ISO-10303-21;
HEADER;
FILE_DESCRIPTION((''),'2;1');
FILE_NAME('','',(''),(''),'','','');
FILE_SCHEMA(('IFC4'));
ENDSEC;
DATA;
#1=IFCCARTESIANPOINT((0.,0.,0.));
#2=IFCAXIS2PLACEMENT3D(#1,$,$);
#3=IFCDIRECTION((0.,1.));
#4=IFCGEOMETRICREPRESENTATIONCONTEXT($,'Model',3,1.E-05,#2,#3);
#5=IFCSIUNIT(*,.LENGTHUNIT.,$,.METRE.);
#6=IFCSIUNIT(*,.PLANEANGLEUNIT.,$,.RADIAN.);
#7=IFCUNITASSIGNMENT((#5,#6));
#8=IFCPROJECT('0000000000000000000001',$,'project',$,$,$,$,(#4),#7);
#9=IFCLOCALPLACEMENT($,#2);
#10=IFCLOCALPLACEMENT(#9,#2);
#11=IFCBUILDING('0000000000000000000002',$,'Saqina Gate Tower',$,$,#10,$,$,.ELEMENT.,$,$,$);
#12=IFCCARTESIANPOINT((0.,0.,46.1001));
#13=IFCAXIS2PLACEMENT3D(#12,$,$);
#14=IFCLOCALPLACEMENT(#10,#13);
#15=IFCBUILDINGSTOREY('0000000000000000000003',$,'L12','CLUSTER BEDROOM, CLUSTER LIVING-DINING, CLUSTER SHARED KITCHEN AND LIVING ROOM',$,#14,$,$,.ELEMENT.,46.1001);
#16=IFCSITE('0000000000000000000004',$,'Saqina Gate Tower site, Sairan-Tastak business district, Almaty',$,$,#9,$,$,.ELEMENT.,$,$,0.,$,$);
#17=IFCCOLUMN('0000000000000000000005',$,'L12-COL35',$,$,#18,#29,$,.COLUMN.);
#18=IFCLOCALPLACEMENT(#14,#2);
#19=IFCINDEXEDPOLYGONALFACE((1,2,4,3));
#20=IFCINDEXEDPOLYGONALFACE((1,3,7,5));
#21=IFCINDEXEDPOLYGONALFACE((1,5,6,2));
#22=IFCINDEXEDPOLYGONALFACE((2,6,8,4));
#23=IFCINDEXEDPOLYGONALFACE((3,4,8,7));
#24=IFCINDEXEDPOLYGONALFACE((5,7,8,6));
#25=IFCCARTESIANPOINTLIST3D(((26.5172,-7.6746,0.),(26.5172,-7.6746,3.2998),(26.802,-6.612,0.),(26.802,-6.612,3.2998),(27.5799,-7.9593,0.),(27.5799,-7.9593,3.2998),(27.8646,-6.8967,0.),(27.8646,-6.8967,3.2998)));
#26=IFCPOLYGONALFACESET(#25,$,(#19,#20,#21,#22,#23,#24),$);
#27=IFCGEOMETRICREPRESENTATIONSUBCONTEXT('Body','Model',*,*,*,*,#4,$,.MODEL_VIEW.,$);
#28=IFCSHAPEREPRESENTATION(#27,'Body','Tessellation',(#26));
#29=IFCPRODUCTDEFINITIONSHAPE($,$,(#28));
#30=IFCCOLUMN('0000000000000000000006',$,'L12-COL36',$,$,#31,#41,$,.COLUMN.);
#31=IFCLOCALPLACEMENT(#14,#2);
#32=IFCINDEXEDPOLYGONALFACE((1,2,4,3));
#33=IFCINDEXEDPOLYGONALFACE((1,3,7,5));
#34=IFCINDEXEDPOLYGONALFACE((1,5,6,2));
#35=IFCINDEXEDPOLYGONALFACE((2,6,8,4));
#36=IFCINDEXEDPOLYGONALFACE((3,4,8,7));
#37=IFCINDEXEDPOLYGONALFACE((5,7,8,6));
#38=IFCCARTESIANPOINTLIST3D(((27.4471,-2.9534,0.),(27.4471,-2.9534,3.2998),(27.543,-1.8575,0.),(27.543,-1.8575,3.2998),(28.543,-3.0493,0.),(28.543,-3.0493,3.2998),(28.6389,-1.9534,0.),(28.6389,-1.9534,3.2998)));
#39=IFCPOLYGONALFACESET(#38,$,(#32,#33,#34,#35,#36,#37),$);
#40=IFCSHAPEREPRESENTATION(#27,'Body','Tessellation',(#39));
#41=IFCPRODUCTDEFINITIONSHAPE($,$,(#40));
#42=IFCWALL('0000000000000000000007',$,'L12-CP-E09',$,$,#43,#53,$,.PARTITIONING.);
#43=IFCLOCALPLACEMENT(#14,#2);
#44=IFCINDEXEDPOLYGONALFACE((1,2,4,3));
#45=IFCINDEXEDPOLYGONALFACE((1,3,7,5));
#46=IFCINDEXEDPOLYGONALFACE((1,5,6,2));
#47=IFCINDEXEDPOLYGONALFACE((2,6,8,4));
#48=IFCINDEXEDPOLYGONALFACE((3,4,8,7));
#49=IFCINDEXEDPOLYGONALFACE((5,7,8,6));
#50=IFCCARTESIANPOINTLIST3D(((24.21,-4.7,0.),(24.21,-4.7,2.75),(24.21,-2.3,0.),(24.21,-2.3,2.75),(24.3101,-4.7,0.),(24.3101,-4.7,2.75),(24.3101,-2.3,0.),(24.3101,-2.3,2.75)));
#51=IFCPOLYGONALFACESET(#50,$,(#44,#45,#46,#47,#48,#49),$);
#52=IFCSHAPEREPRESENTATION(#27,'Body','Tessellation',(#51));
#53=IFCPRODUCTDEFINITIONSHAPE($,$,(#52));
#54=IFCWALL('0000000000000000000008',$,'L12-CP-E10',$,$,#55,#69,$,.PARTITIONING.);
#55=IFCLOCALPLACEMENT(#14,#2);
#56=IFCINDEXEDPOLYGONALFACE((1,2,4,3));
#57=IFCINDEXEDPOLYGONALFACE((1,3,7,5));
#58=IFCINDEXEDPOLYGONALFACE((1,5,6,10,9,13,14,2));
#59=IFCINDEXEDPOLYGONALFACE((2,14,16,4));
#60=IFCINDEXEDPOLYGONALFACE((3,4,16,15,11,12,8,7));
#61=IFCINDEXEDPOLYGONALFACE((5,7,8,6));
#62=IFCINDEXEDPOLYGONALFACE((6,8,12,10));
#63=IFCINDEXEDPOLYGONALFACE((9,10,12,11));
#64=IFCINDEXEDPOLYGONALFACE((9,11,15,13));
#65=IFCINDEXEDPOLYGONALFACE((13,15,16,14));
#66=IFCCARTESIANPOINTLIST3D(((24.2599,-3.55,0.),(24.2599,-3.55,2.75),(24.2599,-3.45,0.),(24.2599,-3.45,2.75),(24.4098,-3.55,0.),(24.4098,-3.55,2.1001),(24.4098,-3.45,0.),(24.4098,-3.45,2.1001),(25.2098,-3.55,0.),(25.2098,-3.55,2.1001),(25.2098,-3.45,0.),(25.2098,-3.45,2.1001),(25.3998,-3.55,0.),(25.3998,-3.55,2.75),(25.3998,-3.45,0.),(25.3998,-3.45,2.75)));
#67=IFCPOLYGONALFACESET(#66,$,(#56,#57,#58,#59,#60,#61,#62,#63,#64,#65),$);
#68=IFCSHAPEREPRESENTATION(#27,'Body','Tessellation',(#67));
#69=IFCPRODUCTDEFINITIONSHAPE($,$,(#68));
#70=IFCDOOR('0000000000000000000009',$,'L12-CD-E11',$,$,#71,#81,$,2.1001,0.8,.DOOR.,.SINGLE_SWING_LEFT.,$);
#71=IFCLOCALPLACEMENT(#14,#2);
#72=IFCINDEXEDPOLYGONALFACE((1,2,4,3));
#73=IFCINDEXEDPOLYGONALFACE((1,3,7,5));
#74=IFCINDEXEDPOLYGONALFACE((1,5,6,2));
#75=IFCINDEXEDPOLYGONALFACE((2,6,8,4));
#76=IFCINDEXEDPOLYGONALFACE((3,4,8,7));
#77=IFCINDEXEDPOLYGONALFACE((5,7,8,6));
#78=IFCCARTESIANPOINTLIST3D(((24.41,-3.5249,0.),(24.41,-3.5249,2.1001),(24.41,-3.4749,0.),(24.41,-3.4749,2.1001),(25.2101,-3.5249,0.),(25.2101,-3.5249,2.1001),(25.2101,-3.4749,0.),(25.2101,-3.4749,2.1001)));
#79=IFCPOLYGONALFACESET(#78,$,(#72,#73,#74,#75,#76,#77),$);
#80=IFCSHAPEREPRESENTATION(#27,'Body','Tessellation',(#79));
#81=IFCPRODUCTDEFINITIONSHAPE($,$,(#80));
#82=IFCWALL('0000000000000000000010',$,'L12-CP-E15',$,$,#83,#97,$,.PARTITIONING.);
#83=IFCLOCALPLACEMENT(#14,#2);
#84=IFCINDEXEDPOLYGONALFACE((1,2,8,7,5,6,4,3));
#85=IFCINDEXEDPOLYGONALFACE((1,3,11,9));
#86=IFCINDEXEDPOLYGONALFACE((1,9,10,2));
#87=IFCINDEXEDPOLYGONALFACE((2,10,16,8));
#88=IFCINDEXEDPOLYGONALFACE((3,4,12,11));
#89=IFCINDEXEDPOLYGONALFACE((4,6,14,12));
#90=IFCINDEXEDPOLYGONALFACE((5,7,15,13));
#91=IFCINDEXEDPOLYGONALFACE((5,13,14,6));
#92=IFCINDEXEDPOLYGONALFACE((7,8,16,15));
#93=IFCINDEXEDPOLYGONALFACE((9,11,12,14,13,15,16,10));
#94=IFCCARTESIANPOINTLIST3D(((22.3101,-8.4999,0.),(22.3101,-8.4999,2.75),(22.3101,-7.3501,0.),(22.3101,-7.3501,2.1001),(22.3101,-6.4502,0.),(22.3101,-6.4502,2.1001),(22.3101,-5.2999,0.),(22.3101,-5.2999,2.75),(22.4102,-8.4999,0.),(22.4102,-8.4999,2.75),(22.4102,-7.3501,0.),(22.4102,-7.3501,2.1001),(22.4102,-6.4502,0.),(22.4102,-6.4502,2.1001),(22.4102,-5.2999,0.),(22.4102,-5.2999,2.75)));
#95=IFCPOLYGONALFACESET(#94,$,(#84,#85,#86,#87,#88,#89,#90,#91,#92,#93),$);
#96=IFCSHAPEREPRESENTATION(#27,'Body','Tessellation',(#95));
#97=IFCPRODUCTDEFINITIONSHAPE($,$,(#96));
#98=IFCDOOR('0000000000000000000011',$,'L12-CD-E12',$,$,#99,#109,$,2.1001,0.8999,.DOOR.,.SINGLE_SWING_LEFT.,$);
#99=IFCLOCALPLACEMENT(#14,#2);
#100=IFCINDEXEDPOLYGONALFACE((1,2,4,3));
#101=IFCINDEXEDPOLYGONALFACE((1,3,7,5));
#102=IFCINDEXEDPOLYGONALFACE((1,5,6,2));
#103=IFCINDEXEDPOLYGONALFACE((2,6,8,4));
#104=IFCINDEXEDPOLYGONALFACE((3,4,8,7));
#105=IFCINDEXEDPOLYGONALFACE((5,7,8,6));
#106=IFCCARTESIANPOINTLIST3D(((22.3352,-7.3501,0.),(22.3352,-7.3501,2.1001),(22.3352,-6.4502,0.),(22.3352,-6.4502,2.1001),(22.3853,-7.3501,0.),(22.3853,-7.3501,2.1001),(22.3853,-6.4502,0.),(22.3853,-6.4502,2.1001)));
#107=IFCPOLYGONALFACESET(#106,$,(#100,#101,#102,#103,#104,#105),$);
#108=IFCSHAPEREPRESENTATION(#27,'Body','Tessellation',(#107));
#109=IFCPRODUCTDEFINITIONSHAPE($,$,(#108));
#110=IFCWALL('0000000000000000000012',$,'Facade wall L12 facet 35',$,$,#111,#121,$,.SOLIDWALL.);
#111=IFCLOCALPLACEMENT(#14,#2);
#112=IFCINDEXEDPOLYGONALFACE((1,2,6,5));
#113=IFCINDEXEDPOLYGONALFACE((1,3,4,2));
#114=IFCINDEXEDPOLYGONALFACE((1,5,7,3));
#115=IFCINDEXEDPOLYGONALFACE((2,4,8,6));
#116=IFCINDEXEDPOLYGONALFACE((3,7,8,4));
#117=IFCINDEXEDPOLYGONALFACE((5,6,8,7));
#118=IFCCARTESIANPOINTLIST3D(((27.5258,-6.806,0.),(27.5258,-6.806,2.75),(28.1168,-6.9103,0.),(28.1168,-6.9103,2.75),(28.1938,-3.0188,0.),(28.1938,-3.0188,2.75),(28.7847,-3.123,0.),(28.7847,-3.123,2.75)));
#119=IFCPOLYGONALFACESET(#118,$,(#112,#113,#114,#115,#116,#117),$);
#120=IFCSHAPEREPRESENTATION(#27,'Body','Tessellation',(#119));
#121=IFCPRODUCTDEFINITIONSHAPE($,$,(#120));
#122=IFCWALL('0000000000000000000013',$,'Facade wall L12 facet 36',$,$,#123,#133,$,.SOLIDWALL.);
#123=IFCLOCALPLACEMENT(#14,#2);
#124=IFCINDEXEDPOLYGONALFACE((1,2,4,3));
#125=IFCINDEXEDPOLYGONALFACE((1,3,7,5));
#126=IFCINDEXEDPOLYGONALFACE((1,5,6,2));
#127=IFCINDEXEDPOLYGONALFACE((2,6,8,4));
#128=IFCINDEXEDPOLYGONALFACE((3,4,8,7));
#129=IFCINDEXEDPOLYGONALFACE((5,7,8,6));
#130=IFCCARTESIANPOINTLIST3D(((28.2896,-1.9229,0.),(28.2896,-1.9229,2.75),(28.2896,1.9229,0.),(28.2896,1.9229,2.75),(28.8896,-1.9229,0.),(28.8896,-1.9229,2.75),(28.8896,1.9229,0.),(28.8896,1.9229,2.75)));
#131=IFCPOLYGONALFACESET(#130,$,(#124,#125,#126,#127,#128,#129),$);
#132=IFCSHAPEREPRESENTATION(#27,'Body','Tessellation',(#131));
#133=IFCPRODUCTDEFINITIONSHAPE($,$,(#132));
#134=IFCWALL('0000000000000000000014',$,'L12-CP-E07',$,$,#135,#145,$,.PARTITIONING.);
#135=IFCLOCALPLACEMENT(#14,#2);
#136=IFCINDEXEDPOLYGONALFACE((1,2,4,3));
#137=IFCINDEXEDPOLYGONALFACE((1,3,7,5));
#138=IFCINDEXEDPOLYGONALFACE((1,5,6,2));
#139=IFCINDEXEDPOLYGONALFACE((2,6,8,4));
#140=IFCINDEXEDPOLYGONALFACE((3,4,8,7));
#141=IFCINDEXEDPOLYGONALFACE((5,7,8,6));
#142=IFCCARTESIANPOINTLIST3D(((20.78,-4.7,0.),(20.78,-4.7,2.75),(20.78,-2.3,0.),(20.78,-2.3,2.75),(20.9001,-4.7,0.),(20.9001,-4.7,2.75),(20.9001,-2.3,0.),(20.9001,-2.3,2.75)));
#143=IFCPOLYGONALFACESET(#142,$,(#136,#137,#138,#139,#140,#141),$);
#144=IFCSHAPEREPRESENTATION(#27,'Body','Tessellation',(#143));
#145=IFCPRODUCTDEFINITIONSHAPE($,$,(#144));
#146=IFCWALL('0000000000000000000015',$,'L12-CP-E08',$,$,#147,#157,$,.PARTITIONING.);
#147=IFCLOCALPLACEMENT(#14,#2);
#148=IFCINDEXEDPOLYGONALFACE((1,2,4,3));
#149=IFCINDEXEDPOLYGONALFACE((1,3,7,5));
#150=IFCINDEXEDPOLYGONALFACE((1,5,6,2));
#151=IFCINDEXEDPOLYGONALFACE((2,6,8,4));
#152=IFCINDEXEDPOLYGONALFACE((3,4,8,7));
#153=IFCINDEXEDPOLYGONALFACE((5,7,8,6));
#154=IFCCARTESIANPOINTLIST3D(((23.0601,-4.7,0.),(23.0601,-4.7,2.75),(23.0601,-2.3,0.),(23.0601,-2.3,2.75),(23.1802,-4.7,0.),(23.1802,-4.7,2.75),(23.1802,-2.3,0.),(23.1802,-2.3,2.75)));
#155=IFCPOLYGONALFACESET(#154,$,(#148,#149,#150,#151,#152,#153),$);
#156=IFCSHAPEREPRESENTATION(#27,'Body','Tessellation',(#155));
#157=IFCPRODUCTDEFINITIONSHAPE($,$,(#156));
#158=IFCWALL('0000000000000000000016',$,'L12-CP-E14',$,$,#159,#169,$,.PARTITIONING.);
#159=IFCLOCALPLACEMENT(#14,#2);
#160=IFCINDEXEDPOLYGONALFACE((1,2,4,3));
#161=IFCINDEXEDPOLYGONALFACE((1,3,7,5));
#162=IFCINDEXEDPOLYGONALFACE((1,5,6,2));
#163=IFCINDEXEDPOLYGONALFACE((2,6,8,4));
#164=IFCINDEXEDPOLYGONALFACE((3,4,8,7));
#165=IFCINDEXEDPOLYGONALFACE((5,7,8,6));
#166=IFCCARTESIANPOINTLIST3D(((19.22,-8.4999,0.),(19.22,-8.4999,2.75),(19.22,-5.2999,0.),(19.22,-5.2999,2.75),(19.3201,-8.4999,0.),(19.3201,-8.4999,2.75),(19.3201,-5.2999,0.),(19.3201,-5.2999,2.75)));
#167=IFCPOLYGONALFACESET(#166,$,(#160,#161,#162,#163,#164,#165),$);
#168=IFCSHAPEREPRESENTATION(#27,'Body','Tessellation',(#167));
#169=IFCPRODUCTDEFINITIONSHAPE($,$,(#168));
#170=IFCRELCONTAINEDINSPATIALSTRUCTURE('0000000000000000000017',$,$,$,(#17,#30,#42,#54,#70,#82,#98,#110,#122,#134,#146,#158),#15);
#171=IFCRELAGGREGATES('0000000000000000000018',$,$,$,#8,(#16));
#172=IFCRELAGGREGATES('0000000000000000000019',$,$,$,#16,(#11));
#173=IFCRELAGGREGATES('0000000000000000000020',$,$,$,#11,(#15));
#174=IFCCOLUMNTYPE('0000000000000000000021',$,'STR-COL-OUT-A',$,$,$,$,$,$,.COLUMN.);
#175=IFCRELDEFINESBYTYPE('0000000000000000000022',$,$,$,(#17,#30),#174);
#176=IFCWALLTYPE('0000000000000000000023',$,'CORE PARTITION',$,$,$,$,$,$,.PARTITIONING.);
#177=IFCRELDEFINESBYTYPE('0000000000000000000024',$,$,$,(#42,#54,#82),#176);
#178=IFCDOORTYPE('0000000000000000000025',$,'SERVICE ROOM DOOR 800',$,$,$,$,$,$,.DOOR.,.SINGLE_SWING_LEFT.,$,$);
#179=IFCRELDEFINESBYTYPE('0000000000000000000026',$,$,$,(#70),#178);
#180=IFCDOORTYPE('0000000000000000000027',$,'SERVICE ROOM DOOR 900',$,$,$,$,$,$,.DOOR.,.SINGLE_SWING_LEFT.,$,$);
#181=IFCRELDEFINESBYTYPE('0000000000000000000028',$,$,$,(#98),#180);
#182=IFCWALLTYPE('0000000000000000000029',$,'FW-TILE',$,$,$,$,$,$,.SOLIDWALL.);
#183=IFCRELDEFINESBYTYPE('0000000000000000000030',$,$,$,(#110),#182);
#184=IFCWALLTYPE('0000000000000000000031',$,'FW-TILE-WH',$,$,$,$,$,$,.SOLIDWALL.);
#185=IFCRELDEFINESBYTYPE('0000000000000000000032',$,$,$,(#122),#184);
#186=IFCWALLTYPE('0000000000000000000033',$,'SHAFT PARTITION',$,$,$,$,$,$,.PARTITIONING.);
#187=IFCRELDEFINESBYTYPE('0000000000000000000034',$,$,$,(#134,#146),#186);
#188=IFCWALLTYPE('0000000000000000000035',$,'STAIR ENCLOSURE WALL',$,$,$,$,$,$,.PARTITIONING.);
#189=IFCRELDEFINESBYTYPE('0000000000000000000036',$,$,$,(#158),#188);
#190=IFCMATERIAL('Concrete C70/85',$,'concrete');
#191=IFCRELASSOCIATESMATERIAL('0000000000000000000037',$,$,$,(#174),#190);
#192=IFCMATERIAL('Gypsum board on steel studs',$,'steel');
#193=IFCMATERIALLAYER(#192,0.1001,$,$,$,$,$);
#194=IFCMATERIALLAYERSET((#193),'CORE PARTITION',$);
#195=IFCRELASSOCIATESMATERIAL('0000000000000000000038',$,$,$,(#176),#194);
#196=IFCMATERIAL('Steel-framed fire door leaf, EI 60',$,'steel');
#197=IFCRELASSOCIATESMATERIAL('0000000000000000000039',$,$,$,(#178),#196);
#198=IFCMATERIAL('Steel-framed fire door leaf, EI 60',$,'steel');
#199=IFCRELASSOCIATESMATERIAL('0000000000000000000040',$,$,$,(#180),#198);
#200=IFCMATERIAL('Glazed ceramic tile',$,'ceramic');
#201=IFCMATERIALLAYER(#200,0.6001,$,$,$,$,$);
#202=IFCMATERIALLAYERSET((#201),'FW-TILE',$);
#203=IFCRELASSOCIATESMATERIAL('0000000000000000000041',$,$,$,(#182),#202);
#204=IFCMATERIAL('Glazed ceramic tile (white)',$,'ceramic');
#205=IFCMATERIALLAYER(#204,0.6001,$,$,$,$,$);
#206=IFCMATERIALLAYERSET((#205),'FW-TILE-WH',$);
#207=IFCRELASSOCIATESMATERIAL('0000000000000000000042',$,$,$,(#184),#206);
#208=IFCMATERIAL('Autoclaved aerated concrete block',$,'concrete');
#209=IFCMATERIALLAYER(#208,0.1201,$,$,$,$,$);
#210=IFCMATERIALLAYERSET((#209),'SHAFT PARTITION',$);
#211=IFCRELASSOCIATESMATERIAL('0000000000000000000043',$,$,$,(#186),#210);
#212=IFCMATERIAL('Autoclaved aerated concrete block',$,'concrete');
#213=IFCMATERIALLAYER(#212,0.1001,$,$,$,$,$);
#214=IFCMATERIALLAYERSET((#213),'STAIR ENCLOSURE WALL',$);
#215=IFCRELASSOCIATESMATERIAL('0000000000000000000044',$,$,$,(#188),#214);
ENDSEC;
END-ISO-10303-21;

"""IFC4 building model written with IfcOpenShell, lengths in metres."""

from ifc_helpers import new_model, si_unit, direction, frame, frame_2d, origin, origin_2d, place, context, subcontext, project, spatial, rectangle, extrude, material, layer, layer_set, material_profile, profile_set, type_object, element, fill, save


model = new_model("IFC4")

# Units and contexts
model_context = context("Model", 3, precision=1e-05, world=origin(), true_north=direction((0.0, 1.0)))
body_context = subcontext(model_context, "Body", "Model", "MODEL_VIEW")
ifc_project = project(units=[si_unit("LENGTHUNIT", "METRE"), si_unit("PLANEANGLEUNIT", "RADIAN")], contexts=[model_context])

# Site, building, storey
site_placement = place(None, origin())
site = spatial("IfcSite", under=ifc_project, at=site_placement, Name="Saqina Gate Tower site, Sairan-Tastak business district, Almaty", CompositionType="ELEMENT", RefElevation=0.0)
building_placement = place(site_placement, origin())
building = spatial("IfcBuilding", under=site, at=building_placement, Name="Saqina Gate Tower", CompositionType="ELEMENT")
storey_placement = place(building_placement, frame((0.0, 0.0, 46.1001)))
storey = spatial("IfcBuildingStorey", under=building, at=storey_placement, Name="L12", Description="CLUSTER BEDROOM, CLUSTER LIVING-DINING, CLUSTER SHARED KITCHEN AND LIVING ROOM", CompositionType="ELEMENT", Elevation=46.1001)

# Columns
ifc_material_1 = material(Name="Concrete C70/85", Category="concrete")
ifc_material_profile = material_profile(ifc_material_1, rectangle(XDim=1.1001, YDim=1.1001, at=origin_2d()), Name="RC 1100x1100")
ifc_profile_set = profile_set([ifc_material_profile], Name="Concrete C70/85")
column_type = type_object("IfcColumnType", Name="STR-COL-OUT-A", PredefinedType="COLUMN", material=ifc_profile_set)
for number, where, z_axis, x_axis, name in (
    (1, (27.1909, -7.2856, 0.0), (0.0, 0.0, 1.0), (0.965926, -0.258819, 0.0), "L12-COL35"),
    (2, (28.043, -2.4534, 0.0), (0.0, 0.0, 1.0), (0.996195, -0.087156, 0.0), "L12-COL36"),
):
    element("IfcColumn", number, at=place(storey_placement, frame(where, z_axis=z_axis, x_axis=x_axis)), inside=storey, type_object=column_type, Name=name, PredefinedType="COLUMN", context=body_context, shape_type="SweptSolid", body=[
        extrude(rectangle(XDim=1.1001, YDim=1.1001, at=origin_2d()), origin(), (0.0, 0.0, 1.0), 3.2998),
    ])

# Wall
ifc_material_2 = material(Name="Gypsum board on steel studs", Category="steel")
ifc_layer_1 = layer(ifc_material_2, 0.1001)
ifc_layer_set_1 = layer_set([ifc_layer_1], Name="CORE PARTITION")
wall_type_1 = type_object("IfcWallType", Name="CORE PARTITION", PredefinedType="PARTITIONING", material=ifc_layer_set_1)
wall_1_placement = place(storey_placement, frame((24.26, -4.7, 0.0), z_axis=(0.0, 0.0, 1.0), x_axis=(0.0, 1.0, 0.0)))
element("IfcWall", 3, at=wall_1_placement, inside=storey, type_object=wall_type_1, Name="L12-CP-E09", PredefinedType="PARTITIONING", context=body_context, shape_type="SweptSolid", body=[
    extrude(rectangle(XDim=2.3999, YDim=0.1001, at=frame_2d((1.2, 0.0))), origin(), (0.0, 0.0, 1.0), 2.75),
])

# Walls, openings, doors
wall_2_placement = place(storey_placement, frame((24.26, -3.5, 0.0), z_axis=(0.0, 0.0, 1.0), x_axis=(1.0, 0.0, 0.0)))
wall_2 = element("IfcWall", 4, at=wall_2_placement, inside=storey, type_object=wall_type_1, Name="L12-CP-E10", PredefinedType="PARTITIONING", context=body_context, shape_type="SweptSolid", body=[
    extrude(rectangle(XDim=1.1399, YDim=0.1001, at=frame_2d((0.5698, 0.0))), origin(), (0.0, 0.0, 1.0), 2.75),
])
opening_1_placement = place(wall_2_placement, frame((0.1499, 0.0, 0.0)))
opening_1 = element("IfcOpeningElement", 5, at=opening_1_placement, cuts=wall_2, PredefinedType="OPENING", context=body_context, shape_type="SweptSolid", body=[
    extrude(rectangle(XDim=0.8, YDim=2.1001, at=frame_2d((0.3999, 1.05))), frame((0.0, 0.062, 0.0), z_axis=(0.0, -1.0, 0.0), x_axis=(1.0, 0.0, 0.0)), (0.0, 0.0, 1.0), 0.124),
])
ifc_material_3 = material(Name="Steel-framed fire door leaf, EI 60", Category="steel")
door_type_1 = type_object("IfcDoorType", Name="SERVICE ROOM DOOR 800", OperationType="SINGLE_SWING_LEFT", PredefinedType="DOOR", material=ifc_material_3)
door_1_placement = place(opening_1_placement, frame((0.8, 0.0, 0.0), z_axis=(0.0, 0.0, 1.0), x_axis=(-1.0, 0.0, 0.0)))
door_1 = element("IfcDoor", 6, at=door_1_placement, inside=storey, type_object=door_type_1, Name="L12-CD-E11", OperationType="SINGLE_SWING_LEFT", OverallHeight=2.1001, OverallWidth=0.8, PredefinedType="DOOR", context=body_context, shape_type="SweptSolid", body=[
    extrude(rectangle(XDim=0.8, YDim=2.1001, at=frame_2d((0.3999, 1.05))), frame((0.0, 0.0249, 0.0), z_axis=(0.0, -1.0, 0.0), x_axis=(1.0, 0.0, 0.0)), (0.0, 0.0, 1.0), 0.05),
])
fill(opening_1, door_1)
wall_3_placement = place(storey_placement, frame((22.3601, -8.5, 0.0), z_axis=(0.0, 0.0, 1.0), x_axis=(0.0, 1.0, 0.0)))
wall_3 = element("IfcWall", 7, at=wall_3_placement, inside=storey, type_object=wall_type_1, Name="L12-CP-E15", PredefinedType="PARTITIONING", context=body_context, shape_type="SweptSolid", body=[
    extrude(rectangle(XDim=3.2, YDim=0.1001, at=frame_2d((1.6001, 0.0))), origin(), (0.0, 0.0, 1.0), 2.75),
])
opening_2_placement = place(wall_3_placement, frame((1.1499, 0.0, 0.0)))
opening_2 = element("IfcOpeningElement", 8, at=opening_2_placement, cuts=wall_3, PredefinedType="OPENING", context=body_context, shape_type="SweptSolid", body=[
    extrude(rectangle(XDim=0.8999, YDim=2.1001, at=frame_2d((0.45, 1.05))), frame((0.0, 0.062, 0.0), z_axis=(0.0, -1.0, 0.0), x_axis=(1.0, 0.0, 0.0)), (0.0, 0.0, 1.0), 0.124),
])
ifc_material_4 = material(Name="Steel-framed fire door leaf, EI 60", Category="steel")
door_type_2 = type_object("IfcDoorType", Name="SERVICE ROOM DOOR 900", OperationType="SINGLE_SWING_LEFT", PredefinedType="DOOR", material=ifc_material_4)
door_2_placement = place(opening_2_placement, origin())
door_2 = element("IfcDoor", 9, at=door_2_placement, inside=storey, type_object=door_type_2, Name="L12-CD-E12", OperationType="SINGLE_SWING_LEFT", OverallHeight=2.1001, OverallWidth=0.8999, PredefinedType="DOOR", context=body_context, shape_type="SweptSolid", body=[
    extrude(rectangle(XDim=0.8999, YDim=2.1001, at=frame_2d((0.45, 1.05))), frame((0.0, 0.0249, 0.0), z_axis=(0.0, -1.0, 0.0), x_axis=(1.0, 0.0, 0.0)), (0.0, 0.0, 1.0), 0.05),
])
fill(opening_2, door_2)

# Walls
ifc_material_5 = material(Name="Glazed ceramic tile", Category="ceramic")
ifc_layer_2 = layer(ifc_material_5, 0.6001)
ifc_layer_set_2 = layer_set([ifc_layer_2], Name="FW-TILE")
wall_type_2 = type_object("IfcWallType", Name="FW-TILE", PredefinedType="SOLIDWALL", material=ifc_layer_set_2)
wall_4_placement = place(storey_placement, frame((27.8213, -6.8582, 0.0), z_axis=(0.0, 0.0, 1.0), x_axis=(0.173688, 0.984801, 0.0)))
element("IfcWall", 10, at=wall_4_placement, inside=storey, type_object=wall_type_2, Name="Facade wall L12 facet 35", PredefinedType="SOLIDWALL", context=body_context, shape_type="SweptSolid", body=[
    extrude(rectangle(XDim=3.8457, YDim=0.6001, at=frame_2d((1.9229, 0.0))), origin(), (0.0, 0.0, 1.0), 2.75),
])
ifc_material_6 = material(Name="Glazed ceramic tile (white)", Category="ceramic")
ifc_layer_3 = layer(ifc_material_6, 0.6001)
ifc_layer_set_3 = layer_set([ifc_layer_3], Name="FW-TILE-WH")
wall_type_3 = type_object("IfcWallType", Name="FW-TILE-WH", PredefinedType="SOLIDWALL", material=ifc_layer_set_3)
wall_5_placement = place(storey_placement, frame((28.5896, -1.9229, 0.0), z_axis=(0.0, 0.0, 1.0), x_axis=(0.0, 1.0, 0.0)))
element("IfcWall", 11, at=wall_5_placement, inside=storey, type_object=wall_type_3, Name="Facade wall L12 facet 36", PredefinedType="SOLIDWALL", context=body_context, shape_type="SweptSolid", body=[
    extrude(rectangle(XDim=3.8457, YDim=0.6001, at=frame_2d((1.9229, 0.0))), origin(), (0.0, 0.0, 1.0), 2.75),
])
ifc_material_7 = material(Name="Autoclaved aerated concrete block", Category="concrete")
ifc_layer_4 = layer(ifc_material_7, 0.1201)
ifc_layer_set_4 = layer_set([ifc_layer_4], Name="SHAFT PARTITION")
wall_type_4 = type_object("IfcWallType", Name="SHAFT PARTITION", PredefinedType="PARTITIONING", material=ifc_layer_set_4)
for number, where, z_axis, x_axis, name in (
    (12, (20.8401, -4.7, 0.0), (0.0, 0.0, 1.0), (0.0, 1.0, 0.0), "L12-CP-E07"),
    (13, (23.1201, -4.7, 0.0), (0.0, 0.0, 1.0), (0.0, 1.0, 0.0), "L12-CP-E08"),
):
    element("IfcWall", number, at=place(storey_placement, frame(where, z_axis=z_axis, x_axis=x_axis)), inside=storey, type_object=wall_type_4, Name=name, PredefinedType="PARTITIONING", context=body_context, shape_type="SweptSolid", body=[
        extrude(rectangle(XDim=2.3999, YDim=0.1201, at=frame_2d((1.2, 0.0))), origin(), (0.0, 0.0, 1.0), 2.75),
    ])
ifc_material_8 = material(Name="Autoclaved aerated concrete block", Category="concrete")
ifc_layer_5 = layer(ifc_material_8, 0.1001)
ifc_layer_set_5 = layer_set([ifc_layer_5], Name="STAIR ENCLOSURE WALL")
wall_type_5 = type_object("IfcWallType", Name="STAIR ENCLOSURE WALL", PredefinedType="PARTITIONING", material=ifc_layer_set_5)
wall_6_placement = place(storey_placement, frame((19.27, -8.5, 0.0), z_axis=(0.0, 0.0, 1.0), x_axis=(0.0, 1.0, 0.0)))
element("IfcWall", 14, at=wall_6_placement, inside=storey, type_object=wall_type_5, Name="L12-CP-E14", PredefinedType="PARTITIONING", context=body_context, shape_type="SweptSolid", body=[
    extrude(rectangle(XDim=3.2, YDim=0.1001, at=frame_2d((1.6001, 0.0))), origin(), (0.0, 0.0, 1.0), 2.75),
])

save(model, "model.ifc")
